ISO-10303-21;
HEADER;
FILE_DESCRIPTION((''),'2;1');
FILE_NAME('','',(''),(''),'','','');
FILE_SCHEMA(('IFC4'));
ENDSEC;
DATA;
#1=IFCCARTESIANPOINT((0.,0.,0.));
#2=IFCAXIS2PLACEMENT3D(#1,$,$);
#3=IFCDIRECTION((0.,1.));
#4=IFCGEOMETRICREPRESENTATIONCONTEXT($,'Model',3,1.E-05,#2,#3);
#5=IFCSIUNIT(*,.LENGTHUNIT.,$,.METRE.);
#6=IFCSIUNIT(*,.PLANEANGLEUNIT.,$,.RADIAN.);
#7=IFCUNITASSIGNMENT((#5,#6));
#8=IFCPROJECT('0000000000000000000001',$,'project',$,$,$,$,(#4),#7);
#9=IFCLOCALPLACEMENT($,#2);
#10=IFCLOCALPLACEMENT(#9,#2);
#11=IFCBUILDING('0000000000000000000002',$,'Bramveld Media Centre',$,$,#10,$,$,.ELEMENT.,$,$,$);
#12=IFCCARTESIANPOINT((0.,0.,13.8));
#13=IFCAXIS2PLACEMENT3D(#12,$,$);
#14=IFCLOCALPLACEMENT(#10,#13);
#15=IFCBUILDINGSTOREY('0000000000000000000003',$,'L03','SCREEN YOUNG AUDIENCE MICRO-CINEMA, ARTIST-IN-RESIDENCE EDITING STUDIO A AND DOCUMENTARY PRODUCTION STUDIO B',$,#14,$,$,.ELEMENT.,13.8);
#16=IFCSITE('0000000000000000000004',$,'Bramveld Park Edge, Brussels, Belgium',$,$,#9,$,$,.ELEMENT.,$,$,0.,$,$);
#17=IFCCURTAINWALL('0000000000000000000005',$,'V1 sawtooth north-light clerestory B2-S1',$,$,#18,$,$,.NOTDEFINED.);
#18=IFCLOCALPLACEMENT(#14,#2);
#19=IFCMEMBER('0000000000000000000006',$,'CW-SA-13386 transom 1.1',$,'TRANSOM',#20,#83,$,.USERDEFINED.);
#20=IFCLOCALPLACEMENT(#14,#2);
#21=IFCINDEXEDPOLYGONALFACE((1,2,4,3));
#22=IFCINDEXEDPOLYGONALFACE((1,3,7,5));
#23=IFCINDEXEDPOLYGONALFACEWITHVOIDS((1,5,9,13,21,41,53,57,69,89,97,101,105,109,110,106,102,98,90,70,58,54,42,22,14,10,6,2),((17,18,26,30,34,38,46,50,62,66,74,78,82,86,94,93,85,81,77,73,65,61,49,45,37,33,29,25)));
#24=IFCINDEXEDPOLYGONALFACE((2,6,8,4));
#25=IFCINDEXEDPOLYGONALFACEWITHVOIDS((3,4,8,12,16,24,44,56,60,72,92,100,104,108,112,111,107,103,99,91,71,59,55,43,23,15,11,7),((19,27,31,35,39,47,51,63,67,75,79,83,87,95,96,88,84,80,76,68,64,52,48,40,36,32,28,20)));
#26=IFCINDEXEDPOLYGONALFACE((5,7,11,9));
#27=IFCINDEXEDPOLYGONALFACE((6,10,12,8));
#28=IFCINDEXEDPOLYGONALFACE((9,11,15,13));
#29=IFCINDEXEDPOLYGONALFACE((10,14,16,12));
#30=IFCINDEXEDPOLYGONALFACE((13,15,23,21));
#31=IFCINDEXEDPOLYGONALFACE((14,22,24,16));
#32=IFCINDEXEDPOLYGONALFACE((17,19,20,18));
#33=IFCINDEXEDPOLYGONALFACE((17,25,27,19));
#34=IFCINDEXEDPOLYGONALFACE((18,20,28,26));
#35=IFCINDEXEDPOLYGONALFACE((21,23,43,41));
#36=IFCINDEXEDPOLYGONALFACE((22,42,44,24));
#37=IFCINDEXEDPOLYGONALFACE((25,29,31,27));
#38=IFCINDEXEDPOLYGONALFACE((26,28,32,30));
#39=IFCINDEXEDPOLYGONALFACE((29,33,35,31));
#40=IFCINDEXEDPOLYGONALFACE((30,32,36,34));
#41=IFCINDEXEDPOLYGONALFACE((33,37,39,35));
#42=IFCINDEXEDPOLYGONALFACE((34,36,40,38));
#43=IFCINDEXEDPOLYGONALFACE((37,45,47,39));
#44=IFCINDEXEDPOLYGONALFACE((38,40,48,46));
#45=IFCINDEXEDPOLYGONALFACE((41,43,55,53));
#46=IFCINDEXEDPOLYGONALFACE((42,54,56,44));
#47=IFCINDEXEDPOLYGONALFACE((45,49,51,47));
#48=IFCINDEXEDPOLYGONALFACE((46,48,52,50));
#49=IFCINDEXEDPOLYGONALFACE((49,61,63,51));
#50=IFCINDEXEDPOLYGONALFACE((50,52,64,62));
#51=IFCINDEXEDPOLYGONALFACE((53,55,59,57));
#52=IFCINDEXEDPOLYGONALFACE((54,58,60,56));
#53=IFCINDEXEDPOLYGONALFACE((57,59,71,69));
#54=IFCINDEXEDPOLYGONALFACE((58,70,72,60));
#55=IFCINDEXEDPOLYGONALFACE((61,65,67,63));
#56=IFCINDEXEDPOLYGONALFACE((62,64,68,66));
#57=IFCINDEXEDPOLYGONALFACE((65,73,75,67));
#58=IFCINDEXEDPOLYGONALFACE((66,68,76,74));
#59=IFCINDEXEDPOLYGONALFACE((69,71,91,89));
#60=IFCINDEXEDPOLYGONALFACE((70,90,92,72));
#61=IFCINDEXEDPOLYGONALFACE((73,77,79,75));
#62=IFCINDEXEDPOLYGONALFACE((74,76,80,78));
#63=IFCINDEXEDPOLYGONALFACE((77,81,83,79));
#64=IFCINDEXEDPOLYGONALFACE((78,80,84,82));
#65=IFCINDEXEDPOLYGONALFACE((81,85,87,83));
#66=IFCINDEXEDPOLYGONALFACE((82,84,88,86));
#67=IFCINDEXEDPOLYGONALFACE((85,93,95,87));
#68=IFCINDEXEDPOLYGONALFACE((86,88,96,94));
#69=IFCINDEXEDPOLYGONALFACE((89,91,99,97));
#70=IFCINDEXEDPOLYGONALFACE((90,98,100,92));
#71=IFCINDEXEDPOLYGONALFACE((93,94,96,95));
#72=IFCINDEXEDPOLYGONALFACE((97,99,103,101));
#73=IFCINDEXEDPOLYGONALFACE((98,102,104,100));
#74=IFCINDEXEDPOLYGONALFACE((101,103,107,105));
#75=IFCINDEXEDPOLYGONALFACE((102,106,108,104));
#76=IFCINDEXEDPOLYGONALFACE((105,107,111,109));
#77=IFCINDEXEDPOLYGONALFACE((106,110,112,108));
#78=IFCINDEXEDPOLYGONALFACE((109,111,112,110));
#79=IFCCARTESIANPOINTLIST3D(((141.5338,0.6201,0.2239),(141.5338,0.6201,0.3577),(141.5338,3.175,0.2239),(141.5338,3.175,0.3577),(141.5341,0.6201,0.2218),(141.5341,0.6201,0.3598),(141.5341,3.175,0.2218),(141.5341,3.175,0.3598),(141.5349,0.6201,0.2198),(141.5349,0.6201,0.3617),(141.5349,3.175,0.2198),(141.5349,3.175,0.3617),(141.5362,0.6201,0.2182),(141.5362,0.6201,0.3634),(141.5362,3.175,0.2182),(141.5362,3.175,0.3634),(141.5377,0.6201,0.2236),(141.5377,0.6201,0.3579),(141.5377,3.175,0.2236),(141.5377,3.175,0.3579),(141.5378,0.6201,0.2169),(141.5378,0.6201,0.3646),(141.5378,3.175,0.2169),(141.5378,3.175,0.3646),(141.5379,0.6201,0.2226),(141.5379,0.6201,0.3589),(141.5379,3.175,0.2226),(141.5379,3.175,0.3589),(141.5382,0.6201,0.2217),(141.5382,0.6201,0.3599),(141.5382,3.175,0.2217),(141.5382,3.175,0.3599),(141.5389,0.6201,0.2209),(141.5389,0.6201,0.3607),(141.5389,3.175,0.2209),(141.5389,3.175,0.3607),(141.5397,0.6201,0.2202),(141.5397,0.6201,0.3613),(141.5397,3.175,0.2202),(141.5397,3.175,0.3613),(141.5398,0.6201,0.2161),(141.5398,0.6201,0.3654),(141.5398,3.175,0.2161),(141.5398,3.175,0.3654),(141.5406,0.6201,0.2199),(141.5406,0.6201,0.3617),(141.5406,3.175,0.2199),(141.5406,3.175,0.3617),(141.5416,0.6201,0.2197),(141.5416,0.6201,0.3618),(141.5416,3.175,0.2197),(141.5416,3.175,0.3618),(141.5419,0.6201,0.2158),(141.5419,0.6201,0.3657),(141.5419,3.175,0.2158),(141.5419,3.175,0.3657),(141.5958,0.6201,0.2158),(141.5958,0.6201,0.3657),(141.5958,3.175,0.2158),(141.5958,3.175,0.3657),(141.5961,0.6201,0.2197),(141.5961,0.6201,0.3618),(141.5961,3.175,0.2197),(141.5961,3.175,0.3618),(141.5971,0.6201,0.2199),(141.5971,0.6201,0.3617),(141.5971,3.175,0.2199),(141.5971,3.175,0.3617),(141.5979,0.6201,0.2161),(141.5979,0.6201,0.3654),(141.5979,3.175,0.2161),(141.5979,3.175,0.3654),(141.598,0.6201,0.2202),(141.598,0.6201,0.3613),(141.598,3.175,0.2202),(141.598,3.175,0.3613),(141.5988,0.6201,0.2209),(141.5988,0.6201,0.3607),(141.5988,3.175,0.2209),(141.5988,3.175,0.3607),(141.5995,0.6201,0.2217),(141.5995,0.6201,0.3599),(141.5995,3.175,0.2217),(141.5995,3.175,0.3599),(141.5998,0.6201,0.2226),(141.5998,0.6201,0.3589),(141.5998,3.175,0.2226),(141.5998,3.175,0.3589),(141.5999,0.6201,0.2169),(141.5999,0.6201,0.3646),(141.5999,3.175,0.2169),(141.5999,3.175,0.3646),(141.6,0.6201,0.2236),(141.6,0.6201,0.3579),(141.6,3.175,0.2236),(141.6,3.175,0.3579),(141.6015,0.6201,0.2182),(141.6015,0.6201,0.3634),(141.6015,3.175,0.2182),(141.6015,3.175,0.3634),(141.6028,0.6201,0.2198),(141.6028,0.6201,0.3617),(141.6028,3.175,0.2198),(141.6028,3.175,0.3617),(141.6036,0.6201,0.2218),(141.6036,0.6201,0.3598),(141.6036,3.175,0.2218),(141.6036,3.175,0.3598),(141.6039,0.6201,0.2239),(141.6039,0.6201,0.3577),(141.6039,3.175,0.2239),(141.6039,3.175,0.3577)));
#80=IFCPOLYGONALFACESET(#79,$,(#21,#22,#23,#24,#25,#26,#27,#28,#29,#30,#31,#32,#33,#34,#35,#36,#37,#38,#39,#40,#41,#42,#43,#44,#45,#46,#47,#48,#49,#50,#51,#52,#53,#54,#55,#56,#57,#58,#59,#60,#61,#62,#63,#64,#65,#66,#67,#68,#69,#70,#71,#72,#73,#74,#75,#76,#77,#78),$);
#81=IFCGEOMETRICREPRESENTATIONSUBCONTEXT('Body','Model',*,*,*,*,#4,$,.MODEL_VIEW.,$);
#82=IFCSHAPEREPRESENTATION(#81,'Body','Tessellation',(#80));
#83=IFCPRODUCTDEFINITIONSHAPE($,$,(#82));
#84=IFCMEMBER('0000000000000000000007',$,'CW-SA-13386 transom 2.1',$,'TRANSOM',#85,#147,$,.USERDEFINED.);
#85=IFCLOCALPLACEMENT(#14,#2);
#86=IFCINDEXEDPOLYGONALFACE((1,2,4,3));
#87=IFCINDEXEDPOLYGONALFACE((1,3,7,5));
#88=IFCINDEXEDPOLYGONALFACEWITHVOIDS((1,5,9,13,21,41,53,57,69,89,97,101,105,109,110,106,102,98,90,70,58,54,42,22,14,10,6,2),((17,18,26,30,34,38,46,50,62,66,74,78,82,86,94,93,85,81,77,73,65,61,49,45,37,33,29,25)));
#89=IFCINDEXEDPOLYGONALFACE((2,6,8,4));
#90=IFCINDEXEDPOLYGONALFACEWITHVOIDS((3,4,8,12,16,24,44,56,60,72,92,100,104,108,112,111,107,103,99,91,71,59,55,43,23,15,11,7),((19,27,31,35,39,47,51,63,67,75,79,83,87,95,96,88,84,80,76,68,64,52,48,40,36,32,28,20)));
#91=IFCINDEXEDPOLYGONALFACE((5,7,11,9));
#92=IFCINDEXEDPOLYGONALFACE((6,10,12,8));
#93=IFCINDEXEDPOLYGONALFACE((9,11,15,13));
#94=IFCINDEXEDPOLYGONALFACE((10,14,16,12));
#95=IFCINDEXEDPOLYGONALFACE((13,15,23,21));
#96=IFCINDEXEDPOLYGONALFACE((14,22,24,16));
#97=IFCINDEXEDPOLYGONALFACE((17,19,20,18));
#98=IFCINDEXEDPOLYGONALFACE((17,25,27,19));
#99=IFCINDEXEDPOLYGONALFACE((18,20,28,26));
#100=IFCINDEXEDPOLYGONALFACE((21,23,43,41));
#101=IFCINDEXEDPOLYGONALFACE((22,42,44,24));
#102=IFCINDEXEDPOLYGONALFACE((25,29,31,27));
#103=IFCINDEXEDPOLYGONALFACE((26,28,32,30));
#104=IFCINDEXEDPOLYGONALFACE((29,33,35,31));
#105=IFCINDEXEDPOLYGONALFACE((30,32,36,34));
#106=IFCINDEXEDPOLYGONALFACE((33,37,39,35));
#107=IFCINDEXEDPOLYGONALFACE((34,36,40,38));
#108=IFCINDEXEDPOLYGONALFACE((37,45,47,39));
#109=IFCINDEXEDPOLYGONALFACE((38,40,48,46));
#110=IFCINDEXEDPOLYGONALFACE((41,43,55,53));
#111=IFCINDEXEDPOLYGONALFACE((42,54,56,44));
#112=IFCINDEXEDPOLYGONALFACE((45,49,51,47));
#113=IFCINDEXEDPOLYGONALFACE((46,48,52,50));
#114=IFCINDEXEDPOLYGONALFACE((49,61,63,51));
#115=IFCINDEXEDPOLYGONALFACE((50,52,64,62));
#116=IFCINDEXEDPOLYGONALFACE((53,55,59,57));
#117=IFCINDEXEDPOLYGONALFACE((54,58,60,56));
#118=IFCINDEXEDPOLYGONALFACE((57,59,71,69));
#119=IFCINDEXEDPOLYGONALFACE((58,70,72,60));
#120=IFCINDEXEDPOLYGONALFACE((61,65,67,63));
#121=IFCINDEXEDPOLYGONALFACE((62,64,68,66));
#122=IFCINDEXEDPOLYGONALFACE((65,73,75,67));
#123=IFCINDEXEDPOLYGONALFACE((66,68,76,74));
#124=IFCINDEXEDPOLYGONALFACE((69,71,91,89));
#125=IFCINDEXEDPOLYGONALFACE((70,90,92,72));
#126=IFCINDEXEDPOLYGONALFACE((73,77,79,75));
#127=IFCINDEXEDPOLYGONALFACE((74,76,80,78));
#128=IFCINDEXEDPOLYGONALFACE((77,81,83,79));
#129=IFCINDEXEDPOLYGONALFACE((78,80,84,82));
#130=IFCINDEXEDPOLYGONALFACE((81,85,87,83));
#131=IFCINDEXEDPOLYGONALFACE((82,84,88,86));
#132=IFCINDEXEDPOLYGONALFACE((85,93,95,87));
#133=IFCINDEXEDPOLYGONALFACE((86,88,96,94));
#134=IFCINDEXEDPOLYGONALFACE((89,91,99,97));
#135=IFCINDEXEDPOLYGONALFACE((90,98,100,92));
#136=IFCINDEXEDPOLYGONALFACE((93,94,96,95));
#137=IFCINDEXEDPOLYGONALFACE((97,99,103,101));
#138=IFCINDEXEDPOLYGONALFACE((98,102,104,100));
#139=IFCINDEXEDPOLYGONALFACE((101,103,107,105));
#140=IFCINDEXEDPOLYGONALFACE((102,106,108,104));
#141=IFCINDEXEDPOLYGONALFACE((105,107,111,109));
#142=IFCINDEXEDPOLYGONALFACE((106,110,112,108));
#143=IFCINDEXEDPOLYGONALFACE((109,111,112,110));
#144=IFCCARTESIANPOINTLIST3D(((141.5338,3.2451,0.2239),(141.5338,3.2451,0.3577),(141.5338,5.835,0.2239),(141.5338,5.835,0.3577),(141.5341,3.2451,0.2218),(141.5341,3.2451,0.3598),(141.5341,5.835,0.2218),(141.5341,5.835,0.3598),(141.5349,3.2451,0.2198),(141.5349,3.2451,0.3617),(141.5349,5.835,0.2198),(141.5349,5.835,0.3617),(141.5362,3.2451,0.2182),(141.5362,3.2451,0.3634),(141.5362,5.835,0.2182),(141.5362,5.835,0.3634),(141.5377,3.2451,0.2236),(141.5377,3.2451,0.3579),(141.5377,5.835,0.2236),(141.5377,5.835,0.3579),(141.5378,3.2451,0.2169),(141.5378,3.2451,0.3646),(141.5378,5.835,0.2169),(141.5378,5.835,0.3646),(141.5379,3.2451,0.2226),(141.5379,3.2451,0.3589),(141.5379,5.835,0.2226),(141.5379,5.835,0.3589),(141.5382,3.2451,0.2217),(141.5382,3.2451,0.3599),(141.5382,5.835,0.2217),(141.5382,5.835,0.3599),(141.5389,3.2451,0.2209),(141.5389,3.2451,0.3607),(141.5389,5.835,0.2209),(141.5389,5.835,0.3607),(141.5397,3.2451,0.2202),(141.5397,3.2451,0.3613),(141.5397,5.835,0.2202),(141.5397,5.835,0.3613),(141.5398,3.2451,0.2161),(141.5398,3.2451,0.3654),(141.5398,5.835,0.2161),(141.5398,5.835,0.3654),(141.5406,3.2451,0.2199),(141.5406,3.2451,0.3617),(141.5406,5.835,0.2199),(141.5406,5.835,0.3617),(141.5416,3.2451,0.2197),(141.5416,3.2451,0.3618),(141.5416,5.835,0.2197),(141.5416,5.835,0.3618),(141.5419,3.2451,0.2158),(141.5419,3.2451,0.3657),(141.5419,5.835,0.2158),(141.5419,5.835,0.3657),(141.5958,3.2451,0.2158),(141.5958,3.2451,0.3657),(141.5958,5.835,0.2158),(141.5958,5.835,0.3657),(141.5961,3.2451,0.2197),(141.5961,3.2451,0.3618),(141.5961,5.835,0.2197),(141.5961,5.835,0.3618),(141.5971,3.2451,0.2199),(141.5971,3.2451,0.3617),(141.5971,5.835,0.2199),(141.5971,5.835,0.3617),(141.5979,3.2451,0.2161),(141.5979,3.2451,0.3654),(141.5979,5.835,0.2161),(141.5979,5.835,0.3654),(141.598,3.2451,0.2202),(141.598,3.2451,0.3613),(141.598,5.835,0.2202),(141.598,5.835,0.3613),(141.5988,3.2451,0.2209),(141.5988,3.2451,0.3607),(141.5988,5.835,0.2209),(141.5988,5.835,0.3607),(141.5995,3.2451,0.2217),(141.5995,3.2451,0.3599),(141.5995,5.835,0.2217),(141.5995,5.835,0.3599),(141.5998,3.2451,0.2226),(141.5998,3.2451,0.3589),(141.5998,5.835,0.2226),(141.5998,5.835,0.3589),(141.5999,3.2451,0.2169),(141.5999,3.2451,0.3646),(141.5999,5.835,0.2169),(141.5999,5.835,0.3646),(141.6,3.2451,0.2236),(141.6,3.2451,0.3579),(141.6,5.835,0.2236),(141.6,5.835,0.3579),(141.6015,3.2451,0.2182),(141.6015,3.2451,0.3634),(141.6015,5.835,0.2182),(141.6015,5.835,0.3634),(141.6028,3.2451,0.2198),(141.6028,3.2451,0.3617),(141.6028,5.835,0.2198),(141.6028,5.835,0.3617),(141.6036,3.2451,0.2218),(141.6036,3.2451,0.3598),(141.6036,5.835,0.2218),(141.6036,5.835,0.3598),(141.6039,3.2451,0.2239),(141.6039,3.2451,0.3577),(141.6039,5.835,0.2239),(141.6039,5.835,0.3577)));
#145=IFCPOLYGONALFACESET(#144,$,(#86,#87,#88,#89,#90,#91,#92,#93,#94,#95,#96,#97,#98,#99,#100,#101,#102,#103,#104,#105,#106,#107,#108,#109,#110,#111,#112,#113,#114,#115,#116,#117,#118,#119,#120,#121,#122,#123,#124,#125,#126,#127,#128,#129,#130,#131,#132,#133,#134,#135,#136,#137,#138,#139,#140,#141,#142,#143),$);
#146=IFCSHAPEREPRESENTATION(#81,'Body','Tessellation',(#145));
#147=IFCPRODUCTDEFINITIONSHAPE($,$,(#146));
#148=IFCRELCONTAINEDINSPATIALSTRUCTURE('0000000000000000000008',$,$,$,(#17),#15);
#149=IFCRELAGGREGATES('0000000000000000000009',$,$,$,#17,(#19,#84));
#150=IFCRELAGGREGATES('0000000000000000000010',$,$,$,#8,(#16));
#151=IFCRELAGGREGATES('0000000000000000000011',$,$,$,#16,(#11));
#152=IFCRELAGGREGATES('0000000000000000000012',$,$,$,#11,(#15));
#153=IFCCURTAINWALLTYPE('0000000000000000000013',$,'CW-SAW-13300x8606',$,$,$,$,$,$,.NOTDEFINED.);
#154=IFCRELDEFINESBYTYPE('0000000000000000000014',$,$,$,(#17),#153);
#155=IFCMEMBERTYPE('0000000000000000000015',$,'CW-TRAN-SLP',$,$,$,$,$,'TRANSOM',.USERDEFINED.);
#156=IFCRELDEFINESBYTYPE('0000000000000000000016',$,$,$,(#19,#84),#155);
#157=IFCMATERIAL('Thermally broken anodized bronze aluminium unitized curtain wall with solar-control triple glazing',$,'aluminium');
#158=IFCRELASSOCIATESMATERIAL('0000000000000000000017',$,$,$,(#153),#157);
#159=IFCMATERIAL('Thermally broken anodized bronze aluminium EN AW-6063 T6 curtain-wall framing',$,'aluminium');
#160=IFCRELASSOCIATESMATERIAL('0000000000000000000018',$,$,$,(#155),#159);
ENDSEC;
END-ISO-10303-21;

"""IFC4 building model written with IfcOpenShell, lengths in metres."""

from ifc_helpers import new_model, si_unit, direction, frame, origin, origin_2d, place, context, subcontext, project, spatial, hollow_rectangle, extrude, material, material_profile, profile_set, type_object, element, aggregate, save


model = new_model("IFC4")

# Units and contexts
model_context = context("Model", 3, precision=1e-05, world=origin(), true_north=direction((0.0, 1.0)))
body_context = subcontext(model_context, "Body", "Model", "MODEL_VIEW")
ifc_project = project(units=[si_unit("LENGTHUNIT", "METRE"), si_unit("PLANEANGLEUNIT", "RADIAN")], contexts=[model_context])

# Site, building, storey
site_placement = place(None, origin())
site = spatial("IfcSite", under=ifc_project, at=site_placement, Name="Bramveld Park Edge, Brussels, Belgium", CompositionType="ELEMENT", RefElevation=0.0)
building_placement = place(site_placement, origin())
building = spatial("IfcBuilding", under=site, at=building_placement, Name="Bramveld Media Centre", CompositionType="ELEMENT")
storey_placement = place(building_placement, frame((0.0, 0.0, 13.8)))
storey = spatial("IfcBuildingStorey", under=building, at=storey_placement, Name="L03", Description="SCREEN YOUNG AUDIENCE MICRO-CINEMA, ARTIST-IN-RESIDENCE EDITING STUDIO A AND DOCUMENTARY PRODUCTION STUDIO B", CompositionType="ELEMENT", Elevation=13.8)

# Curtain wall, members
ifc_material_1 = material(Name="Thermally broken anodized bronze aluminium unitized curtain wall with solar-control triple glazing", Category="aluminium")
curtain_wall_type = type_object("IfcCurtainWallType", Name="CW-SAW-13300x8606", PredefinedType="NOTDEFINED", material=ifc_material_1)
curtain_wall_1_placement = place(storey_placement, origin())
curtain_wall_1 = element("IfcCurtainWall", 1, at=curtain_wall_1_placement, inside=storey, type_object=curtain_wall_type, Name="V1 sawtooth north-light clerestory B2-S1", PredefinedType="NOTDEFINED")
ifc_material_2 = material(Name="Thermally broken anodized bronze aluminium EN AW-6063 T6 curtain-wall framing", Category="aluminium")
ifc_material_profile_1 = material_profile(ifc_material_2, hollow_rectangle(XDim=0.0701, YDim=0.1499, WallThickness=0.0039, InnerFilletRadius=0.0039, OuterFilletRadius=0.0081, at=origin_2d()), Name="AL-TRAN 70x150")
ifc_profile_set_1 = profile_set([ifc_material_profile_1], Name="Thermally broken anodized bronze aluminium EN AW-6063 T6 curtain-wall framing")
member_type_1 = type_object("IfcMemberType", Name="CW-TRAN-SLP", ElementType="TRANSOM", PredefinedType="USERDEFINED", material=ifc_profile_set_1)
member_1_placement = place(storey_placement, frame((141.5688, 0.6201, 0.2908), z_axis=(0.0, 1.0, 0.0), x_axis=(-1.0, 0.0, 0.0)))
member_1 = element("IfcMember", 2, at=member_1_placement, type_object=member_type_1, Name="CW-SA-13386 transom 1.1", ObjectType="TRANSOM", PredefinedType="USERDEFINED", context=body_context, shape_type="SweptSolid", body=[
    extrude(hollow_rectangle(XDim=0.0701, YDim=0.1499, WallThickness=0.0039, InnerFilletRadius=0.0039, OuterFilletRadius=0.0081, at=origin_2d()), origin(), (0.0, 0.0, 1.0), 2.5549),
])
member_2_placement = place(storey_placement, frame((141.5688, 3.2451, 0.2908), z_axis=(0.0, 1.0, 0.0), x_axis=(-1.0, 0.0, 0.0)))
member_2 = element("IfcMember", 3, at=member_2_placement, type_object=member_type_1, Name="CW-SA-13386 transom 2.1", ObjectType="TRANSOM", PredefinedType="USERDEFINED", context=body_context, shape_type="SweptSolid", body=[
    extrude(hollow_rectangle(XDim=0.0701, YDim=0.1499, WallThickness=0.0039, InnerFilletRadius=0.0039, OuterFilletRadius=0.0081, at=origin_2d()), origin(), (0.0, 0.0, 1.0), 2.5898),
])
aggregate(curtain_wall_1, [member_1, member_2])

save(model, "model.ifc")
